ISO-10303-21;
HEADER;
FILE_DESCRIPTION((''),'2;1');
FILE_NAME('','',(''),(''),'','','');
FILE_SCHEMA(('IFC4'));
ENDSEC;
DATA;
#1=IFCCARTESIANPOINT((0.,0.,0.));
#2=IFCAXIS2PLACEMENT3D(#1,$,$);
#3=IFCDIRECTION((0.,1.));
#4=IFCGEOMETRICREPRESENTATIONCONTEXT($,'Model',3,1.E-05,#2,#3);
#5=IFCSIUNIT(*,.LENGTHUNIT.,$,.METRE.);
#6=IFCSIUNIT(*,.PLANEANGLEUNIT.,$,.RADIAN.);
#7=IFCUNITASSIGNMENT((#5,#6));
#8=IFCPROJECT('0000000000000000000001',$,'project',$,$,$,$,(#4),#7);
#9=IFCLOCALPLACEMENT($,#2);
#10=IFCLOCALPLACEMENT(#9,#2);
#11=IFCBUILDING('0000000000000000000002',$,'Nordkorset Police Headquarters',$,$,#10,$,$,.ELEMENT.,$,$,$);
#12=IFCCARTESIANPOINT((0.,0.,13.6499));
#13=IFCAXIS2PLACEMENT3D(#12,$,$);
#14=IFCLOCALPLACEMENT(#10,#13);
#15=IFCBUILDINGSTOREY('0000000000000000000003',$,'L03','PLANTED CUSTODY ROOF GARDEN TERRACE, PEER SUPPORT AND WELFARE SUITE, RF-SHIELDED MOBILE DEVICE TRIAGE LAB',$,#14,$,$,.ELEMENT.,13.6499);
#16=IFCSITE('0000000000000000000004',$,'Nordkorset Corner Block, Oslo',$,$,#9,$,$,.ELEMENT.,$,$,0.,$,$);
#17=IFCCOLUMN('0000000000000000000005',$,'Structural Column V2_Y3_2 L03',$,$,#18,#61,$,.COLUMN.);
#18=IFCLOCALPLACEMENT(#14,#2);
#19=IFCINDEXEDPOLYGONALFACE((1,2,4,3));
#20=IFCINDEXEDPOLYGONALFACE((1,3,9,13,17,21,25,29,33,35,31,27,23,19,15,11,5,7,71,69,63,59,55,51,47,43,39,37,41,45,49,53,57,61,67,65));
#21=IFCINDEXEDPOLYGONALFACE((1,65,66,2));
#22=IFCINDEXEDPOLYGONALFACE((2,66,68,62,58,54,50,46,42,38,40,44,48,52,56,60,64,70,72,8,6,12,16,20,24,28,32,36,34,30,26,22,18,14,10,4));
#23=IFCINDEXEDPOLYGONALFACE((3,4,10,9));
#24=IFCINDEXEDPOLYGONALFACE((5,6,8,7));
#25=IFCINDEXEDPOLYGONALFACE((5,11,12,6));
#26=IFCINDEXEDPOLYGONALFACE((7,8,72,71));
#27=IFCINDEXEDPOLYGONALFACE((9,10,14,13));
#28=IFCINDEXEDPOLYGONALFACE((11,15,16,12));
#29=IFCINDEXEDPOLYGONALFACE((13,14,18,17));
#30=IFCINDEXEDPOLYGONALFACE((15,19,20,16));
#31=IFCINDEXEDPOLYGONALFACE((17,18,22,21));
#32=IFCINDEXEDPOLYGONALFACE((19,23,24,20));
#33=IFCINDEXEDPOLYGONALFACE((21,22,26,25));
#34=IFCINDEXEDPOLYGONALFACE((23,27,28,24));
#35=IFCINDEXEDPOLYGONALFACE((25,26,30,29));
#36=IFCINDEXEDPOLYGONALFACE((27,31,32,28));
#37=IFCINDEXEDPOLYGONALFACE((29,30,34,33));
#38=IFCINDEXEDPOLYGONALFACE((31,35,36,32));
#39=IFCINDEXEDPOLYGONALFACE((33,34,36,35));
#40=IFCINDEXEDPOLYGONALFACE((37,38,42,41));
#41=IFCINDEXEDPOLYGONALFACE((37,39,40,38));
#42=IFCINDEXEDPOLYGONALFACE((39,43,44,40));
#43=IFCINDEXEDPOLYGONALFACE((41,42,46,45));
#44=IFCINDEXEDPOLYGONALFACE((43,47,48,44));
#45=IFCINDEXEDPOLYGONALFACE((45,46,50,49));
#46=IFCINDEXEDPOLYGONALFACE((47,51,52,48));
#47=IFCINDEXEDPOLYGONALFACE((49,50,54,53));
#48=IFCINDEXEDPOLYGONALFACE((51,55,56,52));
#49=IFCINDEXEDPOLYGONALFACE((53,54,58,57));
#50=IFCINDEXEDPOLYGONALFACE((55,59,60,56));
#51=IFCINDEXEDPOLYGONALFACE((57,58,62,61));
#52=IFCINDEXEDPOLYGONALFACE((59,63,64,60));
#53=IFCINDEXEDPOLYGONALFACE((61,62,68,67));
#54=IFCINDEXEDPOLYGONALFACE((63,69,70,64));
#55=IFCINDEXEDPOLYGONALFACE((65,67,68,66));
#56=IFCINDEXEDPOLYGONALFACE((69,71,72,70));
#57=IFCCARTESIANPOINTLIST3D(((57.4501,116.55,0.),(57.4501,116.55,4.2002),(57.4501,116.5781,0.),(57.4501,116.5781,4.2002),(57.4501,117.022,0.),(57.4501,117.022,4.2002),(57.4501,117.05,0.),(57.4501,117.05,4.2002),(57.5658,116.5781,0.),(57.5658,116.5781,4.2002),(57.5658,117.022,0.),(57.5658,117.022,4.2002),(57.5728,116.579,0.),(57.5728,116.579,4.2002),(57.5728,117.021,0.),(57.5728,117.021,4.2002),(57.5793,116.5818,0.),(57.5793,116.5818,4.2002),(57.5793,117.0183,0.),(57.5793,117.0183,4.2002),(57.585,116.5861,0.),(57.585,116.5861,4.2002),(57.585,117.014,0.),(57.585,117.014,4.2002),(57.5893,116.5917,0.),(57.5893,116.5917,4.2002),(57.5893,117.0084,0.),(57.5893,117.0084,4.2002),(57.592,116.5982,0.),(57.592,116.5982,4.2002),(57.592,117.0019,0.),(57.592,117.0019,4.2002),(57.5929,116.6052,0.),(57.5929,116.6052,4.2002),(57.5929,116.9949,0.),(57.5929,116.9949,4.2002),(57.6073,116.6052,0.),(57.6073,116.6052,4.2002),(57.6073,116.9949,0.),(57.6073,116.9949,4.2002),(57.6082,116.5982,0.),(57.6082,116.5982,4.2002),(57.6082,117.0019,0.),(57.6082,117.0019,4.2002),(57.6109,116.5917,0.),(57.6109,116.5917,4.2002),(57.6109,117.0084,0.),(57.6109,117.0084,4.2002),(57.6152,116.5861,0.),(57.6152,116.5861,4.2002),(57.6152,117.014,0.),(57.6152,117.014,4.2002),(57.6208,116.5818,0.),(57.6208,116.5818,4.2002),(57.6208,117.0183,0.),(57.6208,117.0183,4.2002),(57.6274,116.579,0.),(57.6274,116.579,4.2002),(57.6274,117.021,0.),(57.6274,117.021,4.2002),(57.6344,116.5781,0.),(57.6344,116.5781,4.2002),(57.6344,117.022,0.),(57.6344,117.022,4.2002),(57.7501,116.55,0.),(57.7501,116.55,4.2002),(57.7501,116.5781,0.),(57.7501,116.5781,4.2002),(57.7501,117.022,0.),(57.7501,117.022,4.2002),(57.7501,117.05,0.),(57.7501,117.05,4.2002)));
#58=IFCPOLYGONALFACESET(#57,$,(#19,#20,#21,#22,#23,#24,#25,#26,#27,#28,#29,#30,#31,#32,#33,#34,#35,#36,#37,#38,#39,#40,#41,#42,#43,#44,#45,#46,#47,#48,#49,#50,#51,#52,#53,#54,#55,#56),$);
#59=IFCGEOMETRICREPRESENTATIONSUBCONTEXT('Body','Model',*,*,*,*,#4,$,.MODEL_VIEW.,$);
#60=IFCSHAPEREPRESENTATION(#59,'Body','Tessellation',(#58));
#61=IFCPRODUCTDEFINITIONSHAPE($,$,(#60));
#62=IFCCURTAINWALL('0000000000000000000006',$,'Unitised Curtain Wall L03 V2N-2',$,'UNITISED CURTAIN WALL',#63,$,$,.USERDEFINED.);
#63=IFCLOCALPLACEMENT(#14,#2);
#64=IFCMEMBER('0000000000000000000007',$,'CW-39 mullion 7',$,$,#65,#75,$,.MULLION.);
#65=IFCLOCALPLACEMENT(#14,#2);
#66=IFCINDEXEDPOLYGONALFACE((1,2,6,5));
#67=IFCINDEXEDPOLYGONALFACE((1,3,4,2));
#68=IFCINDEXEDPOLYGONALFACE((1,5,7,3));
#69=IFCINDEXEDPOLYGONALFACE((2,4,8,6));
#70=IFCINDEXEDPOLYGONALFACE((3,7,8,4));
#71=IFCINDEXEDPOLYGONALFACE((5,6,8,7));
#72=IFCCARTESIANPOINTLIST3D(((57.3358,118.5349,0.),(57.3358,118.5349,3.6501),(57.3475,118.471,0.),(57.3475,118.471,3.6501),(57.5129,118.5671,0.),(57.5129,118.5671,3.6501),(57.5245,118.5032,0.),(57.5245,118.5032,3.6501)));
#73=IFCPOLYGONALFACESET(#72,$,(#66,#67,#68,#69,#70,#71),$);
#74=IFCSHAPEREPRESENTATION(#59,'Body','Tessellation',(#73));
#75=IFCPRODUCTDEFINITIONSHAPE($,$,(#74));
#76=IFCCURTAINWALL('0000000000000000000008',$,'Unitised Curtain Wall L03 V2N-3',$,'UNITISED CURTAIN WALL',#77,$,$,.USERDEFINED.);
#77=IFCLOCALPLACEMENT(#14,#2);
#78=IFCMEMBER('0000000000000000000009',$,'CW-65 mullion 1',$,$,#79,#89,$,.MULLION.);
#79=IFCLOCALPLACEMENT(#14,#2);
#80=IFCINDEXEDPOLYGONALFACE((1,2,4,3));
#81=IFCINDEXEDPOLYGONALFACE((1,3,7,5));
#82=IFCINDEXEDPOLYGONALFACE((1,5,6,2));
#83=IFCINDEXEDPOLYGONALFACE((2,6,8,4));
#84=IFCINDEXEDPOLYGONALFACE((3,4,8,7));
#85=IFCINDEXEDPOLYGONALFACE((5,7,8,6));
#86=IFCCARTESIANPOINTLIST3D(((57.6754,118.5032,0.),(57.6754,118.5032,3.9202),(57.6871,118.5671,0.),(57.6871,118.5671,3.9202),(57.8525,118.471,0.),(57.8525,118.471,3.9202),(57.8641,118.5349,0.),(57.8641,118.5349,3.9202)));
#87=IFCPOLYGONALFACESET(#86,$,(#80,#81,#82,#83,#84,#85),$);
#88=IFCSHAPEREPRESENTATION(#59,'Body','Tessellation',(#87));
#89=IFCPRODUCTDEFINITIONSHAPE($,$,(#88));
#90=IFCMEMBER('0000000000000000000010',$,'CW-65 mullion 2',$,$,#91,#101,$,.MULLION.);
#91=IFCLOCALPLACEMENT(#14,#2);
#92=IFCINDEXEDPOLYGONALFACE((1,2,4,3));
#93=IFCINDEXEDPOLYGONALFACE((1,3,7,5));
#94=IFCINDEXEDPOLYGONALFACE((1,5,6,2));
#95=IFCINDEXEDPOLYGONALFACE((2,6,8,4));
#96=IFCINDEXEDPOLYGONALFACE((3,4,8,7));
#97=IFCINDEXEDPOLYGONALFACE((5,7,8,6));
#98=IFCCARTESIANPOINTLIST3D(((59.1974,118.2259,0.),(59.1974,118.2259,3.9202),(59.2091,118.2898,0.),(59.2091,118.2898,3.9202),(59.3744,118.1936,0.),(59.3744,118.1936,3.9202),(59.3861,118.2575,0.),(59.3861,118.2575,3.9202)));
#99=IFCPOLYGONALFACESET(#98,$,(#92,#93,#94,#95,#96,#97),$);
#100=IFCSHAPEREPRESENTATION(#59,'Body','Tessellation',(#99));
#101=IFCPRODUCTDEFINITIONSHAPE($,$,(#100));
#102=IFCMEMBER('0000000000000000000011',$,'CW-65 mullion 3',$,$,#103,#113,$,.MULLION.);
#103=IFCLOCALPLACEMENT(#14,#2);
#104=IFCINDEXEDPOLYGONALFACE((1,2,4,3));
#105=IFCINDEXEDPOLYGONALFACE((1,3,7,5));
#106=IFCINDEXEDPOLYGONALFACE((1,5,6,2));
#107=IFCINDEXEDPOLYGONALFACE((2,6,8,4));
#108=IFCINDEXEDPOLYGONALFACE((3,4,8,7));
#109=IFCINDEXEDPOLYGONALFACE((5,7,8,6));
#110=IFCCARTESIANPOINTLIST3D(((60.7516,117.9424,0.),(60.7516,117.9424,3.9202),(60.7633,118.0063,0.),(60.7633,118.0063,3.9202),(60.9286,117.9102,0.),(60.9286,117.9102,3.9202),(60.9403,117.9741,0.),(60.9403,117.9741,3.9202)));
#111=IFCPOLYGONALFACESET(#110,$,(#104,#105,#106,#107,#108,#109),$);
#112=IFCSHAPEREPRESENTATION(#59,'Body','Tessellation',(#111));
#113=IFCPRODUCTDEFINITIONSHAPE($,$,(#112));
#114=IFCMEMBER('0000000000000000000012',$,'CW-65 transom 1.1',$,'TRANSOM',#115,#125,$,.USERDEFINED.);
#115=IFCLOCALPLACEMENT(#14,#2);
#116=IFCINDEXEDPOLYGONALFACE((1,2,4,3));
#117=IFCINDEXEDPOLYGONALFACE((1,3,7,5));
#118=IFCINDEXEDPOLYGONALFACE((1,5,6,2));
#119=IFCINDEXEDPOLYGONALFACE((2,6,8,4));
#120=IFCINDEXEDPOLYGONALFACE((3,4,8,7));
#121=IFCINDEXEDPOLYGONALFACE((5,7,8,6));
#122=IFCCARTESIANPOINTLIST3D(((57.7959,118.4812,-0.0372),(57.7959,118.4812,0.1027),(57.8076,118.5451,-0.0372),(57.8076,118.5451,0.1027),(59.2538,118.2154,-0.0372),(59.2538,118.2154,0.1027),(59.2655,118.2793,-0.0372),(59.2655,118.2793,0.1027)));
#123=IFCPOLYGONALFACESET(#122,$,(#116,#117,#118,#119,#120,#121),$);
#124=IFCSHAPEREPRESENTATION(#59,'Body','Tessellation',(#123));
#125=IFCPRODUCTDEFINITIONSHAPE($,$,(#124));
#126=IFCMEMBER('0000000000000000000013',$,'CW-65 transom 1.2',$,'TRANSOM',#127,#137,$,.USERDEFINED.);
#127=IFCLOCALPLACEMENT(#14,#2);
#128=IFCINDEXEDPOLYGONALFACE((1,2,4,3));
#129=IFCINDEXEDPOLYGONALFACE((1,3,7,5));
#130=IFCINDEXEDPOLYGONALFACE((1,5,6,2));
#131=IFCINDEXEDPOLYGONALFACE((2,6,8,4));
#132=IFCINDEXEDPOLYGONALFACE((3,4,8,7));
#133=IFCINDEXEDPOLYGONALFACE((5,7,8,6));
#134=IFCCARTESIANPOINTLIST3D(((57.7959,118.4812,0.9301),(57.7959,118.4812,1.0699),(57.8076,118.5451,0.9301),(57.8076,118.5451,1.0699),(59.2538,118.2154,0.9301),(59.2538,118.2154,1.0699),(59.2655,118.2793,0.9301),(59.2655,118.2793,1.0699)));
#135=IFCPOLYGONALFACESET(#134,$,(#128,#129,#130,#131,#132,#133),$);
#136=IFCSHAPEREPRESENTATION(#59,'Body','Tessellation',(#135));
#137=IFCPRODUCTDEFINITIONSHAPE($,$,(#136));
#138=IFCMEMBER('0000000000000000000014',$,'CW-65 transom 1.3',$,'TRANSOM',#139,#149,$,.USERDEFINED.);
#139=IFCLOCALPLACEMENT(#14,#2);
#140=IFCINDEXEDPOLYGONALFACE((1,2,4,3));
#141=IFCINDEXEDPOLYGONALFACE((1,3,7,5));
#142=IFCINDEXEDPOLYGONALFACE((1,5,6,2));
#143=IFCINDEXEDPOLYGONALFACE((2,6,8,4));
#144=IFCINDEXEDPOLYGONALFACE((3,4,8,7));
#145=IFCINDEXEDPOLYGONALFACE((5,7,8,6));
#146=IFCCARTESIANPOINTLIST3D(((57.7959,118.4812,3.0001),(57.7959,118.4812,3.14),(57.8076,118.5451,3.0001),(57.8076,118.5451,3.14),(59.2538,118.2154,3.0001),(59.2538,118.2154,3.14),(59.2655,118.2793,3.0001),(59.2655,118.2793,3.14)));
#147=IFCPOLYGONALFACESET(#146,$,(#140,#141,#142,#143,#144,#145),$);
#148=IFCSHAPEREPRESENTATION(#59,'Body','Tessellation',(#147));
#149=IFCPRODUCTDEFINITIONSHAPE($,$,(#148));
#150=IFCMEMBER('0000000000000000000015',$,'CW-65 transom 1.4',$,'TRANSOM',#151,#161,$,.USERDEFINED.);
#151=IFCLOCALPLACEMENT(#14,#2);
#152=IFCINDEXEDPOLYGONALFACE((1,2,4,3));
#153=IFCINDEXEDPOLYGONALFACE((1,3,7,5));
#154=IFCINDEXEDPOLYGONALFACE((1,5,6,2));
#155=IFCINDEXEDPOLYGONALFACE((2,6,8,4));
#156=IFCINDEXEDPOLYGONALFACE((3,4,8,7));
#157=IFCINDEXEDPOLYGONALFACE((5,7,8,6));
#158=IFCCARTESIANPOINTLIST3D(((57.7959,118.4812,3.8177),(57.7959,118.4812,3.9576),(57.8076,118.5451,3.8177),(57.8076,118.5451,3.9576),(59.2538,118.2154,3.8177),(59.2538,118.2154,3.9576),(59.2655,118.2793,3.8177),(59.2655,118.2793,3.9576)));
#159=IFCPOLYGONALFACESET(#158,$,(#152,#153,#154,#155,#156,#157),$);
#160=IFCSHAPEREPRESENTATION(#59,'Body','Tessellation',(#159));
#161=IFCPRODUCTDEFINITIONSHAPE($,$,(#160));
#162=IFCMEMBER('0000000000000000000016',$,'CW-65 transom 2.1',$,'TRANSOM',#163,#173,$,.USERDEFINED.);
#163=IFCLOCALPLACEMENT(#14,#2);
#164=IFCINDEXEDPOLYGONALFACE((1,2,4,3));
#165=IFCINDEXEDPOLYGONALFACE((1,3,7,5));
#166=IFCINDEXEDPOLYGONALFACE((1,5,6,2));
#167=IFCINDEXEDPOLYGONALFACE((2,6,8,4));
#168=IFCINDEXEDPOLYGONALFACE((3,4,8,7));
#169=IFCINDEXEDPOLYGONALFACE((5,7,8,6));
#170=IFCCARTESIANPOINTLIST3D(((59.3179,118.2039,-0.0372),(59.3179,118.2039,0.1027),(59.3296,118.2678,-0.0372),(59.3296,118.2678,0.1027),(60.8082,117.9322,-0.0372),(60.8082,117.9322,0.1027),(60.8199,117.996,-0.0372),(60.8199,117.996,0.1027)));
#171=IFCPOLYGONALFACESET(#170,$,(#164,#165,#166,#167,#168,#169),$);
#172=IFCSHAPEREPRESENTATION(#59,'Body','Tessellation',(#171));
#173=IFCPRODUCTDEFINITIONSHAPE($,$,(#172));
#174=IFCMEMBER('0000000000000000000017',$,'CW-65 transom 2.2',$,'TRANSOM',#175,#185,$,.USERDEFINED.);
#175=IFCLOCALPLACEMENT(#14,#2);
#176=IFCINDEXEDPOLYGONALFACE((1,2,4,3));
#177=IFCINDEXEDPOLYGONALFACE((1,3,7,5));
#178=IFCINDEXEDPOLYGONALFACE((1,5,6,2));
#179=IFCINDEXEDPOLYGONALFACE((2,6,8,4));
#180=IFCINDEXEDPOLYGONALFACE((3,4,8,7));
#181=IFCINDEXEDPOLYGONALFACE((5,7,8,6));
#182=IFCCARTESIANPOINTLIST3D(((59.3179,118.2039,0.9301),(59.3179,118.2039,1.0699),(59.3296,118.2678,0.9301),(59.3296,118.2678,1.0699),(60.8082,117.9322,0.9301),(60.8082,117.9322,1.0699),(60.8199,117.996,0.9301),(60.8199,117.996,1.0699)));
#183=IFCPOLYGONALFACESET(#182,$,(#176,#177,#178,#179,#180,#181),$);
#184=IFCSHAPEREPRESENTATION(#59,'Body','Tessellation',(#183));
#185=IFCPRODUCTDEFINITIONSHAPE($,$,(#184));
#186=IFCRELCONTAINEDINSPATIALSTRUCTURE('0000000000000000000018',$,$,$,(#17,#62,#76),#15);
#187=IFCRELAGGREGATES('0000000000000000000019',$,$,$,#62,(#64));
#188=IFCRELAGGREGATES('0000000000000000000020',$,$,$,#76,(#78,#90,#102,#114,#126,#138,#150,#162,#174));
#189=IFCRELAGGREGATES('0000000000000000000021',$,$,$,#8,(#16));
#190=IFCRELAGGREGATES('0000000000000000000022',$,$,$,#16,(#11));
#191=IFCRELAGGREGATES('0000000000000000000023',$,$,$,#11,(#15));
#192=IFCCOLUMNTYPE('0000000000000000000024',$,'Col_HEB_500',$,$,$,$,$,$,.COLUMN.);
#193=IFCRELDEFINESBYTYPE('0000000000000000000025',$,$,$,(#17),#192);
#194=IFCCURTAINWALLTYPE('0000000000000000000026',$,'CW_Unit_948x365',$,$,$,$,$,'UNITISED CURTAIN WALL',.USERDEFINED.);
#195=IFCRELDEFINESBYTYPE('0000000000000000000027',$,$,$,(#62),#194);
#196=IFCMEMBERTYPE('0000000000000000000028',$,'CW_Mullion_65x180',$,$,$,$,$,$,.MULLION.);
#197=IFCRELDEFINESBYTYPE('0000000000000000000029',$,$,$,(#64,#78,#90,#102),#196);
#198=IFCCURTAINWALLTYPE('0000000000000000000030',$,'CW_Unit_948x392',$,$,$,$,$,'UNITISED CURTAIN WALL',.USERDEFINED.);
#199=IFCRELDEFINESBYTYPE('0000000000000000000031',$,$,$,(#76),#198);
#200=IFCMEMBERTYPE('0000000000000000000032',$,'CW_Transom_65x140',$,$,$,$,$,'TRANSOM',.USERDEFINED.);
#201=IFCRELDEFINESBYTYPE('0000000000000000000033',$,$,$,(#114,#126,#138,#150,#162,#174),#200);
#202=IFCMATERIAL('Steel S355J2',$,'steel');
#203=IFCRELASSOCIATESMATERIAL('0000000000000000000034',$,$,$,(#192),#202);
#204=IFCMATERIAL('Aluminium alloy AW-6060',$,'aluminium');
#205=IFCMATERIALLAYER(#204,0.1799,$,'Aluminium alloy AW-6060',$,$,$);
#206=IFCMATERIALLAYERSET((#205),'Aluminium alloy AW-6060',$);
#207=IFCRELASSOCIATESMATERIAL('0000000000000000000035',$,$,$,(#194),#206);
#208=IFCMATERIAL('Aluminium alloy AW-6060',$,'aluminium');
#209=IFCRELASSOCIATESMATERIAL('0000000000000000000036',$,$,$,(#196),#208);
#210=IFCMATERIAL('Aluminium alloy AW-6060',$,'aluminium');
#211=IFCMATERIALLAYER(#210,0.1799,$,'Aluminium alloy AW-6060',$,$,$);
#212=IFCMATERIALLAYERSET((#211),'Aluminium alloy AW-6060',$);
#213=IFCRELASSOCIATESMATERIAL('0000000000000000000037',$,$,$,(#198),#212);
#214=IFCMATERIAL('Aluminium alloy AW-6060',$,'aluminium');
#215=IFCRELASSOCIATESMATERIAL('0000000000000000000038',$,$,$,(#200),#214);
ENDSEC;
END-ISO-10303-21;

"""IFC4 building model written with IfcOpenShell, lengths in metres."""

from ifc_helpers import new_model, si_unit, direction, frame, origin, origin_2d, place, context, subcontext, project, spatial, rectangle, i_section, extrude, material, layer, layer_set, material_profile, profile_set, type_object, element, aggregate, save


model = new_model("IFC4")

# Units and contexts
model_context = context("Model", 3, precision=1e-05, world=origin(), true_north=direction((0.0, 1.0)))
body_context = subcontext(model_context, "Body", "Model", "MODEL_VIEW")
ifc_project = project(units=[si_unit("LENGTHUNIT", "METRE"), si_unit("PLANEANGLEUNIT", "RADIAN")], contexts=[model_context])

# Site, building, storey
site_placement = place(None, origin())
site = spatial("IfcSite", under=ifc_project, at=site_placement, Name="Nordkorset Corner Block, Oslo", CompositionType="ELEMENT", RefElevation=0.0)
building_placement = place(site_placement, origin())
building = spatial("IfcBuilding", under=site, at=building_placement, Name="Nordkorset Police Headquarters", CompositionType="ELEMENT")
storey_placement = place(building_placement, frame((0.0, 0.0, 13.6499)))
storey = spatial("IfcBuildingStorey", under=building, at=storey_placement, Name="L03", Description="PLANTED CUSTODY ROOF GARDEN TERRACE, PEER SUPPORT AND WELFARE SUITE, RF-SHIELDED MOBILE DEVICE TRIAGE LAB", CompositionType="ELEMENT", Elevation=13.6499)

# Column
ifc_material_1 = material(Name="Steel S355J2", Category="steel")
ifc_material_profile_1 = material_profile(ifc_material_1, i_section(OverallWidth=0.3, OverallDepth=0.5, WebThickness=0.0144, FlangeThickness=0.0281, FilletRadius=0.0271, at=origin_2d()), Name="HEB 500")
ifc_profile_set_1 = profile_set([ifc_material_profile_1], Name="Steel S355J2")
column_type = type_object("IfcColumnType", Name="Col_HEB_500", PredefinedType="COLUMN", material=ifc_profile_set_1)
column_placement = place(storey_placement, frame((57.6001, 116.8, 0.0), z_axis=(0.0, 0.0, 1.0), x_axis=(1.0, 0.0, 0.0)))
element("IfcColumn", 1, at=column_placement, inside=storey, type_object=column_type, Name="Structural Column V2_Y3_2 L03", PredefinedType="COLUMN", context=body_context, shape_type="SweptSolid", body=[
    extrude(i_section(OverallWidth=0.3, OverallDepth=0.5, WebThickness=0.0144, FlangeThickness=0.0281, FilletRadius=0.0271, at=origin_2d()), origin(), (0.0, 0.0, 1.0), 4.2002),
])

# Curtain wall, member
ifc_material_2 = material(Name="Aluminium alloy AW-6060", Category="aluminium")
ifc_layer_1 = layer(ifc_material_2, 0.1799, Name="Aluminium alloy AW-6060")
ifc_layer_set_1 = layer_set([ifc_layer_1], Name="Aluminium alloy AW-6060")
curtain_wall_type_1 = type_object("IfcCurtainWallType", Name="CW_Unit_948x365", ElementType="UNITISED CURTAIN WALL", PredefinedType="USERDEFINED", material=ifc_layer_set_1)
curtain_wall_1_placement = place(storey_placement, origin())
curtain_wall_1 = element("IfcCurtainWall", 2, at=curtain_wall_1_placement, inside=storey, type_object=curtain_wall_type_1, Name="Unitised Curtain Wall L03 V2N-2", ObjectType="UNITISED CURTAIN WALL", PredefinedType="USERDEFINED")
ifc_material_3 = material(Name="Aluminium alloy AW-6060", Category="aluminium")
ifc_material_profile_2 = material_profile(ifc_material_3, rectangle(XDim=0.0649, YDim=0.1799, at=origin_2d()), Name="ALU MULL 65x180")
ifc_profile_set_2 = profile_set([ifc_material_profile_2], Name="Aluminium alloy AW-6060")
member_type_1 = type_object("IfcMemberType", Name="CW_Mullion_65x180", PredefinedType="MULLION", material=ifc_profile_set_2)
member_1_placement = place(storey_placement, frame((57.4302, 118.519, 0.0), z_axis=(0.0, 0.0, 1.0), x_axis=(-0.179336, 0.983788, 0.0)))
member_1 = element("IfcMember", 3, at=member_1_placement, type_object=member_type_1, Name="CW-39 mullion 7", PredefinedType="MULLION", context=body_context, shape_type="SweptSolid", body=[
    extrude(rectangle(XDim=0.0649, YDim=0.1799, at=origin_2d()), origin(), (0.0, 0.0, 1.0), 3.6501),
])
aggregate(curtain_wall_1, [member_1])

# Curtain wall, members
ifc_material_4 = material(Name="Aluminium alloy AW-6060", Category="aluminium")
ifc_layer_2 = layer(ifc_material_4, 0.1799, Name="Aluminium alloy AW-6060")
ifc_layer_set_2 = layer_set([ifc_layer_2], Name="Aluminium alloy AW-6060")
curtain_wall_type_2 = type_object("IfcCurtainWallType", Name="CW_Unit_948x392", ElementType="UNITISED CURTAIN WALL", PredefinedType="USERDEFINED", material=ifc_layer_set_2)
curtain_wall_2_placement = place(storey_placement, origin())
curtain_wall_2 = element("IfcCurtainWall", 4, at=curtain_wall_2_placement, inside=storey, type_object=curtain_wall_type_2, Name="Unitised Curtain Wall L03 V2N-3", ObjectType="UNITISED CURTAIN WALL", PredefinedType="USERDEFINED")
member_2_placement = place(storey_placement, frame((57.7698, 118.519, 0.0), z_axis=(0.0, 0.0, 1.0), x_axis=(0.179336, 0.983788, 0.0)))
member_2 = element("IfcMember", 5, at=member_2_placement, type_object=member_type_1, Name="CW-65 mullion 1", PredefinedType="MULLION", context=body_context, shape_type="SweptSolid", body=[
    extrude(rectangle(XDim=0.0649, YDim=0.1799, at=origin_2d()), origin(), (0.0, 0.0, 1.0), 3.9202),
])
member_3_placement = place(storey_placement, frame((59.2917, 118.2417, 0.0), z_axis=(0.0, 0.0, 1.0), x_axis=(0.179336, 0.983788, 0.0)))
member_3 = element("IfcMember", 6, at=member_3_placement, type_object=member_type_1, Name="CW-65 mullion 2", PredefinedType="MULLION", context=body_context, shape_type="SweptSolid", body=[
    extrude(rectangle(XDim=0.0649, YDim=0.1799, at=origin_2d()), origin(), (0.0, 0.0, 1.0), 3.9202),
])
member_4_placement = place(storey_placement, frame((60.8459, 117.9583, 0.0), z_axis=(0.0, 0.0, 1.0), x_axis=(0.179336, 0.983788, 0.0)))
member_4 = element("IfcMember", 7, at=member_4_placement, type_object=member_type_1, Name="CW-65 mullion 3", PredefinedType="MULLION", context=body_context, shape_type="SweptSolid", body=[
    extrude(rectangle(XDim=0.0649, YDim=0.1799, at=origin_2d()), origin(), (0.0, 0.0, 1.0), 3.9202),
])
ifc_material_5 = material(Name="Aluminium alloy AW-6060", Category="aluminium")
ifc_material_profile_3 = material_profile(ifc_material_5, rectangle(XDim=0.0649, YDim=0.1399, at=origin_2d()), Name="ALU TRAN 65x140")
ifc_profile_set_3 = profile_set([ifc_material_profile_3], Name="Aluminium alloy AW-6060")
member_type_2 = type_object("IfcMemberType", Name="CW_Transom_65x140", ElementType="TRANSOM", PredefinedType="USERDEFINED", material=ifc_profile_set_3)
member_5_placement = place(storey_placement, frame((57.8018, 118.5132, 0.0327), z_axis=(0.983778, -0.179393, 0.0), x_axis=(0.179393, 0.983778, 0.0)))
member_5 = element("IfcMember", 8, at=member_5_placement, type_object=member_type_2, Name="CW-65 transom 1.1", ObjectType="TRANSOM", PredefinedType="USERDEFINED", context=body_context, shape_type="SweptSolid", body=[
    extrude(rectangle(XDim=0.0649, YDim=0.1399, at=origin_2d()), origin(), (0.0, 0.0, 1.0), 1.4819),
])
member_6_placement = place(storey_placement, frame((57.8018, 118.5132, 1.0), z_axis=(0.983778, -0.179393, 0.0), x_axis=(0.179393, 0.983778, 0.0)))
member_6 = element("IfcMember", 9, at=member_6_placement, type_object=member_type_2, Name="CW-65 transom 1.2", ObjectType="TRANSOM", PredefinedType="USERDEFINED", context=body_context, shape_type="SweptSolid", body=[
    extrude(rectangle(XDim=0.0649, YDim=0.1399, at=origin_2d()), origin(), (0.0, 0.0, 1.0), 1.4819),
])
member_7_placement = place(storey_placement, frame((57.8018, 118.5132, 3.0701), z_axis=(0.983778, -0.179393, 0.0), x_axis=(0.179393, 0.983778, 0.0)))
member_7 = element("IfcMember", 10, at=member_7_placement, type_object=member_type_2, Name="CW-65 transom 1.3", ObjectType="TRANSOM", PredefinedType="USERDEFINED", context=body_context, shape_type="SweptSolid", body=[
    extrude(rectangle(XDim=0.0649, YDim=0.1399, at=origin_2d()), origin(), (0.0, 0.0, 1.0), 1.4819),
])
member_8_placement = place(storey_placement, frame((57.8018, 118.5132, 3.8877), z_axis=(0.983778, -0.179393, 0.0), x_axis=(0.179393, 0.983778, 0.0)))
member_8 = element("IfcMember", 11, at=member_8_placement, type_object=member_type_2, Name="CW-65 transom 1.4", ObjectType="TRANSOM", PredefinedType="USERDEFINED", context=body_context, shape_type="SweptSolid", body=[
    extrude(rectangle(XDim=0.0649, YDim=0.1399, at=origin_2d()), origin(), (0.0, 0.0, 1.0), 1.4819),
])
member_9_placement = place(storey_placement, frame((59.3237, 118.2358, 0.0327), z_axis=(0.98378, -0.179382, 0.0), x_axis=(0.179382, 0.98378, 0.0)))
member_9 = element("IfcMember", 12, at=member_9_placement, type_object=member_type_2, Name="CW-65 transom 2.1", ObjectType="TRANSOM", PredefinedType="USERDEFINED", context=body_context, shape_type="SweptSolid", body=[
    extrude(rectangle(XDim=0.0649, YDim=0.1399, at=origin_2d()), origin(), (0.0, 0.0, 1.0), 1.5149),
])
member_10_placement = place(storey_placement, frame((59.3237, 118.2358, 1.0), z_axis=(0.98378, -0.179382, 0.0), x_axis=(0.179382, 0.98378, 0.0)))
member_10 = element("IfcMember", 13, at=member_10_placement, type_object=member_type_2, Name="CW-65 transom 2.2", ObjectType="TRANSOM", PredefinedType="USERDEFINED", context=body_context, shape_type="SweptSolid", body=[
    extrude(rectangle(XDim=0.0649, YDim=0.1399, at=origin_2d()), origin(), (0.0, 0.0, 1.0), 1.5149),
])

aggregate(curtain_wall_2, [member_2, member_3, member_4, member_5, member_6, member_7, member_8, member_9, member_10])

save(model, "model.ifc")
